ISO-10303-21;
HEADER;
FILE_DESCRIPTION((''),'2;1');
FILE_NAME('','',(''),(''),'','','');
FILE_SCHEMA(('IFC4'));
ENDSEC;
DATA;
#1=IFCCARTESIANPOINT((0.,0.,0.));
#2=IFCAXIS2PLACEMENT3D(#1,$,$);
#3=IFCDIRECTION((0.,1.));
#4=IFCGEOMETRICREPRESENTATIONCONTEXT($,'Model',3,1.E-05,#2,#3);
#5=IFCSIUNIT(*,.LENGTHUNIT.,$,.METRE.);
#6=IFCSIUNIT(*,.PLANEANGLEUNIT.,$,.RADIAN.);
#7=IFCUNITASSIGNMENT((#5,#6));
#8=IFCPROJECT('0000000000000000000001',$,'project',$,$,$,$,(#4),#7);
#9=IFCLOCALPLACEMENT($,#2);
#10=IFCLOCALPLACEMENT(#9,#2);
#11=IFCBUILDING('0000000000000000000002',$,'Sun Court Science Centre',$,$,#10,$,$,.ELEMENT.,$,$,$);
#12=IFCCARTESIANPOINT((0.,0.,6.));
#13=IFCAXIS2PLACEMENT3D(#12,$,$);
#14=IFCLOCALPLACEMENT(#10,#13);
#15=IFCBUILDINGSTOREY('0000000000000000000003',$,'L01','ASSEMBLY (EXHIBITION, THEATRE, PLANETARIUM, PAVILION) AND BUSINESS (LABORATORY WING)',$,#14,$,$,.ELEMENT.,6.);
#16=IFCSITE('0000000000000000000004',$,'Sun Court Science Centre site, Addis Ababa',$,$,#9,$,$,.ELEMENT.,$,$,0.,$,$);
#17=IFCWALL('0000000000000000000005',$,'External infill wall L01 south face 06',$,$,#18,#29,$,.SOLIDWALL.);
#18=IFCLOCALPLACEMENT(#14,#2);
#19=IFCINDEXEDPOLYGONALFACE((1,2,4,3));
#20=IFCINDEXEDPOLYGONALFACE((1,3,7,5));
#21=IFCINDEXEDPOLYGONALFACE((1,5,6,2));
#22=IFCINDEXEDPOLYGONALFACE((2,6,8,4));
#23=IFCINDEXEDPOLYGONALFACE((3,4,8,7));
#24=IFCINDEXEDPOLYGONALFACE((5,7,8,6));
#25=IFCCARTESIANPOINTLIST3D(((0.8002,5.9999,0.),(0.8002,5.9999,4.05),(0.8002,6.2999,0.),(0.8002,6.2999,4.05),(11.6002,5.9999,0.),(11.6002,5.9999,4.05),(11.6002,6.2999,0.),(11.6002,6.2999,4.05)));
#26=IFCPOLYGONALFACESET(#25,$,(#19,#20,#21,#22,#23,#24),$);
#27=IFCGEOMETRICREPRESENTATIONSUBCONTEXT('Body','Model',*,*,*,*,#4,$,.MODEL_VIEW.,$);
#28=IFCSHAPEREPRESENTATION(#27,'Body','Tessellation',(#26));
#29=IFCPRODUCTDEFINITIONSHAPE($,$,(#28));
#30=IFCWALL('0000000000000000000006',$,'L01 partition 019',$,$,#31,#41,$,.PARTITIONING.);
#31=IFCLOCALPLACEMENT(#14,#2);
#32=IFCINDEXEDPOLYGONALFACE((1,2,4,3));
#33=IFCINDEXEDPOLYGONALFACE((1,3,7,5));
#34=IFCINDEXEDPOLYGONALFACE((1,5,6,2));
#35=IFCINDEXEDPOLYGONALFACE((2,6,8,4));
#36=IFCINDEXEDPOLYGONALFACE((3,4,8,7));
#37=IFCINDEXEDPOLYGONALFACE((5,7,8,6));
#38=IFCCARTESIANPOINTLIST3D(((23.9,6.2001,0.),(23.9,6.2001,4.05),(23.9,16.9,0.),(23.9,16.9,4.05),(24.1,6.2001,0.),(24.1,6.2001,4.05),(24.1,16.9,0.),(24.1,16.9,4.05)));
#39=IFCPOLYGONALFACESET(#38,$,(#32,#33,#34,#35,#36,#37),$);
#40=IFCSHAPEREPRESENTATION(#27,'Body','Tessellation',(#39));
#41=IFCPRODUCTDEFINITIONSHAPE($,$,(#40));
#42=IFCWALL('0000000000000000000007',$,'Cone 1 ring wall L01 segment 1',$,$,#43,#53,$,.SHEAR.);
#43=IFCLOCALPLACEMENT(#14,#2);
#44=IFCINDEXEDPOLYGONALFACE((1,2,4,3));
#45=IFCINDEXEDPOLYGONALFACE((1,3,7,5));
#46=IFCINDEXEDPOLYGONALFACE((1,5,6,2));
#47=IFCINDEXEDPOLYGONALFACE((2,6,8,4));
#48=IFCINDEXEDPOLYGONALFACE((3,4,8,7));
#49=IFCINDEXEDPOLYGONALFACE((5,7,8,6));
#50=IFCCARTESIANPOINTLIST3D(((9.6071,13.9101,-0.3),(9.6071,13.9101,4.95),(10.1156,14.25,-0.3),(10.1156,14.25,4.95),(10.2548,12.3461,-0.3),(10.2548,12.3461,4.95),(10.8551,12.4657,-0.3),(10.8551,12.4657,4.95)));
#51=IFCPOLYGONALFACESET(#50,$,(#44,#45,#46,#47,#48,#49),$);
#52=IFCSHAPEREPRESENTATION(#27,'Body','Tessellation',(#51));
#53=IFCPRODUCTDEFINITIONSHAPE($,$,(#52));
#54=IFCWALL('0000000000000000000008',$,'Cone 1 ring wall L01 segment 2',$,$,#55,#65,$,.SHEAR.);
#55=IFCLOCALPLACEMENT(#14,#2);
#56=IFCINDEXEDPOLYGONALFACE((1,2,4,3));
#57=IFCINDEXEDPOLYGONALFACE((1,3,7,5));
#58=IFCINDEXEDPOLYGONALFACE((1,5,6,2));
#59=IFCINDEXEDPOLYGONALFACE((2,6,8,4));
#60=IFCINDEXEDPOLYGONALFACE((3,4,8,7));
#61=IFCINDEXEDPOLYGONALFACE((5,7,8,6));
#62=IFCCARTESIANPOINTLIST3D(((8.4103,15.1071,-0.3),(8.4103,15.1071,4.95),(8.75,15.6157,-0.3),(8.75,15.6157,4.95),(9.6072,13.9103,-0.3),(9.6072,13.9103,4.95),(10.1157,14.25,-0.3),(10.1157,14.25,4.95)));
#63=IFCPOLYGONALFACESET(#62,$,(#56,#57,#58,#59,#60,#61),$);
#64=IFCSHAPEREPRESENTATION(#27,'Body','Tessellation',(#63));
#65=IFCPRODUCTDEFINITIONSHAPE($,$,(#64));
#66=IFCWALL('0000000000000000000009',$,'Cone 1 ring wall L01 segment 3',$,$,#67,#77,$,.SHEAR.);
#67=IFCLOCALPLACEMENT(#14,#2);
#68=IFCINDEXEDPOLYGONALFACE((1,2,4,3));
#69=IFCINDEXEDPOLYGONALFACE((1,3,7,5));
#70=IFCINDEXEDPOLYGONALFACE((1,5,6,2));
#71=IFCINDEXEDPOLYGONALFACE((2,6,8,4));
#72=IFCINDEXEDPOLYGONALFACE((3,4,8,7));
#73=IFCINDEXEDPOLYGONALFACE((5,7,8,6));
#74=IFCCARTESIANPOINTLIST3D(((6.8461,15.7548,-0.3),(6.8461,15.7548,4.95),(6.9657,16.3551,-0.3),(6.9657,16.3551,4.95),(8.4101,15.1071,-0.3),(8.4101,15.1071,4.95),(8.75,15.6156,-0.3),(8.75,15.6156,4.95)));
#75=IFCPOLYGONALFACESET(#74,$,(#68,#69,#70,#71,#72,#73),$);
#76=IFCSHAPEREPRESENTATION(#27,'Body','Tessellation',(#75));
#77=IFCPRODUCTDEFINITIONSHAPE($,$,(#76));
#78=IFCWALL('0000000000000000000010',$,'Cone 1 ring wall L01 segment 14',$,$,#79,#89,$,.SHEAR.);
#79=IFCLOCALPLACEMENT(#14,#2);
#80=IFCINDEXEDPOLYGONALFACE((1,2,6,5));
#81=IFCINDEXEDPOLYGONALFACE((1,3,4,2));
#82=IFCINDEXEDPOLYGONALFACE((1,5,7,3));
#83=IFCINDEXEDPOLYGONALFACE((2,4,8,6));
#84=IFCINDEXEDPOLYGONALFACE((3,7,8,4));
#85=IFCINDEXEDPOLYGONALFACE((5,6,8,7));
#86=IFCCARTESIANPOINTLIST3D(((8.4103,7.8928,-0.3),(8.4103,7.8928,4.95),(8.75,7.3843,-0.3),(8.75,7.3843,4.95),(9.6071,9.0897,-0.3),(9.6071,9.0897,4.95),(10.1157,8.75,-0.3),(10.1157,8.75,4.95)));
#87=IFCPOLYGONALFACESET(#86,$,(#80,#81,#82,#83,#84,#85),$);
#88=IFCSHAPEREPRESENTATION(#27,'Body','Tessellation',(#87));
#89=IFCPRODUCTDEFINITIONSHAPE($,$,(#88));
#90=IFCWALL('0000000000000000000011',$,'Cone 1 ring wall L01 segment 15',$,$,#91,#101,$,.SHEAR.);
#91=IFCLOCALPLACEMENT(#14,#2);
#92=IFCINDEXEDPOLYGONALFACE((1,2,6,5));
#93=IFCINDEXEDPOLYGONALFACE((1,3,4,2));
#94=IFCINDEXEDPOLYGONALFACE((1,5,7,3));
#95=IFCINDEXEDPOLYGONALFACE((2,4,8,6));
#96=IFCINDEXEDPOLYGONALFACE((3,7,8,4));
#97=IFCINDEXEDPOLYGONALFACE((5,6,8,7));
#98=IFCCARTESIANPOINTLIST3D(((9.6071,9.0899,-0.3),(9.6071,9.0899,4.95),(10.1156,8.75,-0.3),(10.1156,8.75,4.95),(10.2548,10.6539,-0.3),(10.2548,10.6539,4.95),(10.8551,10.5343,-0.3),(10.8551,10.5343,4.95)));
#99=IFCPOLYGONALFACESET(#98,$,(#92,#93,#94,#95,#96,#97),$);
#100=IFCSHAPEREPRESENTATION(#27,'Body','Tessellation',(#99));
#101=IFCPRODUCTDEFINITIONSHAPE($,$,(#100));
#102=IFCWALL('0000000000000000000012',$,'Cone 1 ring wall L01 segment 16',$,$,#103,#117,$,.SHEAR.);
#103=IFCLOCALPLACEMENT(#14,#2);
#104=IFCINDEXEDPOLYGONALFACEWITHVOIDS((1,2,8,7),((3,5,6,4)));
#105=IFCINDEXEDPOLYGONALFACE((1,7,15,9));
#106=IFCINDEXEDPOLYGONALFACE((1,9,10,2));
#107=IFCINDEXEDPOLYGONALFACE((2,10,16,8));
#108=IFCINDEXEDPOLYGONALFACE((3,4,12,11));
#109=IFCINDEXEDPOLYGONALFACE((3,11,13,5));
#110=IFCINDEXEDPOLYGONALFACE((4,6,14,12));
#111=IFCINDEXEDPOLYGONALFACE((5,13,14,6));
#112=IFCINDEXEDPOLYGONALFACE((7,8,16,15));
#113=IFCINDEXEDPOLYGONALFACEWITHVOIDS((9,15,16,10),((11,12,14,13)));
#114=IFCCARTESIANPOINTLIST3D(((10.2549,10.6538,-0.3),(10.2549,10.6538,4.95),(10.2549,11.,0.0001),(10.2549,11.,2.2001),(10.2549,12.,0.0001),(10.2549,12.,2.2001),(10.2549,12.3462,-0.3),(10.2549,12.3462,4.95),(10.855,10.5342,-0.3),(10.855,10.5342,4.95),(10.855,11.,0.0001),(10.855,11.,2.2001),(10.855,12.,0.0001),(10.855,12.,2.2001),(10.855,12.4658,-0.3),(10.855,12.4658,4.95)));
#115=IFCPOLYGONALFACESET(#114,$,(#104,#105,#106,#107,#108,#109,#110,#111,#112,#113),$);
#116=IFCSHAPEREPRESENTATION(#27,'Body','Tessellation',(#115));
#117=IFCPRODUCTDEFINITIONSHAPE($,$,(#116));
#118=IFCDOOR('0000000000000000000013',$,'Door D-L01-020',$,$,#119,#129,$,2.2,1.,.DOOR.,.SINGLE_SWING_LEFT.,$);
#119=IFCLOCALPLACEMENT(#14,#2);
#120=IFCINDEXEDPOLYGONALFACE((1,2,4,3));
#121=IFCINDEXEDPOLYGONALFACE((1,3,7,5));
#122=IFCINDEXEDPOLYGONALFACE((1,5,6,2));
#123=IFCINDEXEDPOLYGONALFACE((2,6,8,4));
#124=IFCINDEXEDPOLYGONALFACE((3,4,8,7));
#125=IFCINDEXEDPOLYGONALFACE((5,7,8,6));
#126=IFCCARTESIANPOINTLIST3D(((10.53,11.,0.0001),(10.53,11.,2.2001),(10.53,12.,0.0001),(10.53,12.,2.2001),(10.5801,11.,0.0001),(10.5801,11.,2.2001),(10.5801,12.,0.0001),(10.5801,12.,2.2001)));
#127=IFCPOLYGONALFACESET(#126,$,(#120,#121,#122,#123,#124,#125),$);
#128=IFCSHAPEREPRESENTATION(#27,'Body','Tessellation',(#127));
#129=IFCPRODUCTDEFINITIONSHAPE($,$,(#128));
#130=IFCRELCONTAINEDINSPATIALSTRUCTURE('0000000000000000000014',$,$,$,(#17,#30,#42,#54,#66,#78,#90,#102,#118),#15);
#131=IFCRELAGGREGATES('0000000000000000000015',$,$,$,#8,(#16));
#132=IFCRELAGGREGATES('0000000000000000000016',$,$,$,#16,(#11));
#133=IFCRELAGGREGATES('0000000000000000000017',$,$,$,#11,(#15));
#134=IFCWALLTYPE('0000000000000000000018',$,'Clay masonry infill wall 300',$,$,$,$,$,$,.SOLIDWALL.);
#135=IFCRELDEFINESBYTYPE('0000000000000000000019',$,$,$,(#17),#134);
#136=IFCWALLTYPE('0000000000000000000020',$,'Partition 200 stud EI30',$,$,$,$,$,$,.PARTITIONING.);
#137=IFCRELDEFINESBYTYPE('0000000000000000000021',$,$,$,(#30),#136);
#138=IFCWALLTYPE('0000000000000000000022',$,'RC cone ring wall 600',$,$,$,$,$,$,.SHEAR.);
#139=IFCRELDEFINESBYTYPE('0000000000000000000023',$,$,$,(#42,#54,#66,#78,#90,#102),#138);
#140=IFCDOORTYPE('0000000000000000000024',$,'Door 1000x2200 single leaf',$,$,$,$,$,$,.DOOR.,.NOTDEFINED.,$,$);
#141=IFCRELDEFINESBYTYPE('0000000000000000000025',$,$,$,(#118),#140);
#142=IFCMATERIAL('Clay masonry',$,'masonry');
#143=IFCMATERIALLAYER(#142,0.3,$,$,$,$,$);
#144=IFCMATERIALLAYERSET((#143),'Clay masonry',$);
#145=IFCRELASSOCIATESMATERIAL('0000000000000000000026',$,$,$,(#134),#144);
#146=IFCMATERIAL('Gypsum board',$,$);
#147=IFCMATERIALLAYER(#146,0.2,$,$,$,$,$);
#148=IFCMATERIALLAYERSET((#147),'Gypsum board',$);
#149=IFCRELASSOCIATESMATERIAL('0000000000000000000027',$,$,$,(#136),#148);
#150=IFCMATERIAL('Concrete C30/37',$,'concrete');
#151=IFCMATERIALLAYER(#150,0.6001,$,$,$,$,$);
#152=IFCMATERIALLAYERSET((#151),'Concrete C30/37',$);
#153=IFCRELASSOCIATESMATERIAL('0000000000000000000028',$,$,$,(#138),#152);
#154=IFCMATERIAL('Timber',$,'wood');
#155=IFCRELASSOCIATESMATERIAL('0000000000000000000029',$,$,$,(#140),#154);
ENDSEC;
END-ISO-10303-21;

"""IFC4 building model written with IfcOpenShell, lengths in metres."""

from ifc_helpers import new_model, si_unit, direction, frame, frame_2d, origin, place, context, subcontext, project, spatial, polyline, rectangle, outline, extrude, material, layer, layer_set, type_object, element, fill, save


model = new_model("IFC4")

# Units and contexts
model_context = context("Model", 3, precision=1e-05, world=origin(), true_north=direction((0.0, 1.0)))
body_context = subcontext(model_context, "Body", "Model", "MODEL_VIEW")
ifc_project = project(units=[si_unit("LENGTHUNIT", "METRE"), si_unit("PLANEANGLEUNIT", "RADIAN")], contexts=[model_context])

# Site, building, storey
site_placement = place(None, origin())
site = spatial("IfcSite", under=ifc_project, at=site_placement, Name="Sun Court Science Centre site, Addis Ababa", CompositionType="ELEMENT", RefElevation=0.0)
building_placement = place(site_placement, origin())
building = spatial("IfcBuilding", under=site, at=building_placement, Name="Sun Court Science Centre", CompositionType="ELEMENT")
storey_placement = place(building_placement, frame((0.0, 0.0, 6.0)))
storey = spatial("IfcBuildingStorey", under=building, at=storey_placement, Name="L01", Description="ASSEMBLY (EXHIBITION, THEATRE, PLANETARIUM, PAVILION) AND BUSINESS (LABORATORY WING)", CompositionType="ELEMENT", Elevation=6.0)

# Shared definitions
ifc_material_1 = material(Name="Clay masonry", Category="masonry")
ifc_layer_1 = layer(ifc_material_1, 0.3)
ifc_layer_set_1 = layer_set([ifc_layer_1], Name="Clay masonry")
wall_type_1 = type_object("IfcWallType", Name="Clay masonry infill wall 300", PredefinedType="SOLIDWALL", material=ifc_layer_set_1)

# Walls
wall_1_placement = place(storey_placement, frame((11.6001, 6.1499, 0.0), z_axis=(0.0, 0.0, 1.0), x_axis=(-1.0, 0.0, 0.0)))
element("IfcWall", 1, at=wall_1_placement, inside=storey, type_object=wall_type_1, Name="External infill wall L01 south face 06", PredefinedType="SOLIDWALL", context=body_context, shape_type="SweptSolid", body=[
    extrude(rectangle(XDim=10.8, YDim=0.3, at=frame_2d((5.3999, 0.0))), origin(), (0.0, 0.0, 1.0), 4.05),
])
ifc_material_2 = material(Name="Gypsum board")
ifc_layer_2 = layer(ifc_material_2, 0.2)
ifc_layer_set_2 = layer_set([ifc_layer_2], Name="Gypsum board")
wall_type_2 = type_object("IfcWallType", Name="Partition 200 stud EI30", PredefinedType="PARTITIONING", material=ifc_layer_set_2)
wall_2_placement = place(storey_placement, frame((24.0, 6.2, 0.0), z_axis=(0.0, 0.0, 1.0), x_axis=(0.0, 1.0, 0.0)))
element("IfcWall", 2, at=wall_2_placement, inside=storey, type_object=wall_type_2, Name="L01 partition 019", PredefinedType="PARTITIONING", context=body_context, shape_type="SweptSolid", body=[
    extrude(rectangle(XDim=10.7, YDim=0.2, at=frame_2d((5.3501, 0.0))), origin(), (0.0, 0.0, 1.0), 4.05),
])
ifc_material_3 = material(Name="Concrete C30/37", Category="concrete")
ifc_layer_3 = layer(ifc_material_3, 0.6001)
ifc_layer_set_3 = layer_set([ifc_layer_3], Name="Concrete C30/37")
wall_type_3 = type_object("IfcWallType", Name="RC cone ring wall 600", PredefinedType="SHEAR", material=ifc_layer_set_3)
wall_3_placement = place(storey_placement, frame((10.5776, 12.3508, -0.3), z_axis=(0.0, 0.0, 1.0), x_axis=(-0.382631, 0.923901, 0.0)))
element("IfcWall", 3, at=wall_3_placement, inside=storey, type_object=wall_type_3, Name="Cone 1 ring wall L01 segment 1", PredefinedType="SHEAR", context=body_context, shape_type="SweptSolid", body=[
    extrude(outline(polyline([(0.0, -0.3003), (1.9314, -0.2998), (1.812, 0.3), (0.1191, 0.3), (0.0, -0.3003)])), origin(), (0.0, 0.0, 1.0), 5.25),
])
wall_4_placement = place(storey_placement, frame((9.9036, 14.0378, -0.3), z_axis=(0.0, 0.0, 1.0), x_axis=(-0.707107, 0.707107, 0.0)))
element("IfcWall", 4, at=wall_4_placement, inside=storey, type_object=wall_type_3, Name="Cone 1 ring wall L01 segment 2", PredefinedType="SHEAR", context=body_context, shape_type="SweptSolid", body=[
    extrude(outline(polyline([(0.0, -0.3), (1.9314, -0.3), (1.812, 0.2998), (0.1194, 0.2998), (0.0, -0.3)])), origin(), (0.0, 0.0, 1.0), 5.25),
])
wall_5_placement = place(storey_placement, frame((8.6353, 15.3386, -0.3), z_axis=(0.0, 0.0, 1.0), x_axis=(-0.923901, 0.382631, 0.0)))
element("IfcWall", 5, at=wall_5_placement, inside=storey, type_object=wall_type_3, Name="Cone 1 ring wall L01 segment 3", PredefinedType="SHEAR", context=body_context, shape_type="SweptSolid", body=[
    extrude(outline(polyline([(0.0, -0.2998), (1.9314, -0.3003), (1.8123, 0.3), (0.1194, 0.3), (0.0, -0.2998)])), origin(), (0.0, 0.0, 1.0), 5.25),
])
wall_6_placement = place(storey_placement, frame((8.5378, 7.5964, -0.3), z_axis=(0.0, 0.0, 1.0), x_axis=(0.707107, 0.707107, 0.0)))
element("IfcWall", 6, at=wall_6_placement, inside=storey, type_object=wall_type_3, Name="Cone 1 ring wall L01 segment 14", PredefinedType="SHEAR", context=body_context, shape_type="SweptSolid", body=[
    extrude(outline(polyline([(0.0, -0.3), (1.9314, -0.3), (1.812, 0.2998), (0.1194, 0.2998), (0.0, -0.3)])), origin(), (0.0, 0.0, 1.0), 5.25),
])
wall_7_placement = place(storey_placement, frame((9.8386, 8.8647, -0.3), z_axis=(0.0, 0.0, 1.0), x_axis=(0.382631, 0.923901, 0.0)))
element("IfcWall", 7, at=wall_7_placement, inside=storey, type_object=wall_type_3, Name="Cone 1 ring wall L01 segment 15", PredefinedType="SHEAR", context=body_context, shape_type="SweptSolid", body=[
    extrude(outline(polyline([(0.0, -0.2998), (1.9314, -0.3003), (1.8123, 0.3), (0.1194, 0.3), (0.0, -0.2998)])), origin(), (0.0, 0.0, 1.0), 5.25),
])

# Wall, opening, door
wall_8_placement = place(storey_placement, frame((10.5549, 10.5344, -0.3), z_axis=(0.0, 0.0, 1.0), x_axis=(0.0, 1.0, 0.0)))
wall_8 = element("IfcWall", 8, at=wall_8_placement, inside=storey, type_object=wall_type_3, Name="Cone 1 ring wall L01 segment 16", PredefinedType="SHEAR", context=body_context, shape_type="SweptSolid", body=[
    extrude(outline(polyline([(-0.0002, -0.3), (1.9314, -0.3), (1.8118, 0.3), (0.1194, 0.3), (-0.0002, -0.3)])), origin(), (0.0, 0.0, 1.0), 5.25),
])
opening_1_placement = place(wall_8_placement, frame((0.4656, 0.0, 0.3)))
opening_1 = element("IfcOpeningElement", 9, at=opening_1_placement, cuts=wall_8, PredefinedType="OPENING", context=body_context, shape_type="SweptSolid", body=[
    extrude(rectangle(XDim=1.0, YDim=2.2, at=frame_2d((0.5, 1.1001))), frame((0.0, 0.3101, 0.0), z_axis=(0.0, -1.0, 0.0), x_axis=(1.0, 0.0, 0.0)), (0.0, 0.0, 1.0), 0.6201),
])
ifc_material_4 = material(Name="Timber", Category="wood")
door_type = type_object("IfcDoorType", Name="Door 1000x2200 single leaf", OperationType="NOTDEFINED", PredefinedType="DOOR", material=ifc_material_4)
door_placement = place(opening_1_placement, origin())
door = element("IfcDoor", 10, at=door_placement, inside=storey, type_object=door_type, Name="Door D-L01-020", OperationType="SINGLE_SWING_LEFT", OverallHeight=2.2, OverallWidth=1.0, PredefinedType="DOOR", context=body_context, shape_type="SweptSolid", body=[
    extrude(rectangle(XDim=1.0, YDim=2.2, at=frame_2d((0.5, 1.1001))), frame((0.0, 0.0249, 0.0), z_axis=(0.0, -1.0, 0.0), x_axis=(1.0, 0.0, 0.0)), (0.0, 0.0, 1.0), 0.05),
])
fill(opening_1, door)

save(model, "model.ifc")
